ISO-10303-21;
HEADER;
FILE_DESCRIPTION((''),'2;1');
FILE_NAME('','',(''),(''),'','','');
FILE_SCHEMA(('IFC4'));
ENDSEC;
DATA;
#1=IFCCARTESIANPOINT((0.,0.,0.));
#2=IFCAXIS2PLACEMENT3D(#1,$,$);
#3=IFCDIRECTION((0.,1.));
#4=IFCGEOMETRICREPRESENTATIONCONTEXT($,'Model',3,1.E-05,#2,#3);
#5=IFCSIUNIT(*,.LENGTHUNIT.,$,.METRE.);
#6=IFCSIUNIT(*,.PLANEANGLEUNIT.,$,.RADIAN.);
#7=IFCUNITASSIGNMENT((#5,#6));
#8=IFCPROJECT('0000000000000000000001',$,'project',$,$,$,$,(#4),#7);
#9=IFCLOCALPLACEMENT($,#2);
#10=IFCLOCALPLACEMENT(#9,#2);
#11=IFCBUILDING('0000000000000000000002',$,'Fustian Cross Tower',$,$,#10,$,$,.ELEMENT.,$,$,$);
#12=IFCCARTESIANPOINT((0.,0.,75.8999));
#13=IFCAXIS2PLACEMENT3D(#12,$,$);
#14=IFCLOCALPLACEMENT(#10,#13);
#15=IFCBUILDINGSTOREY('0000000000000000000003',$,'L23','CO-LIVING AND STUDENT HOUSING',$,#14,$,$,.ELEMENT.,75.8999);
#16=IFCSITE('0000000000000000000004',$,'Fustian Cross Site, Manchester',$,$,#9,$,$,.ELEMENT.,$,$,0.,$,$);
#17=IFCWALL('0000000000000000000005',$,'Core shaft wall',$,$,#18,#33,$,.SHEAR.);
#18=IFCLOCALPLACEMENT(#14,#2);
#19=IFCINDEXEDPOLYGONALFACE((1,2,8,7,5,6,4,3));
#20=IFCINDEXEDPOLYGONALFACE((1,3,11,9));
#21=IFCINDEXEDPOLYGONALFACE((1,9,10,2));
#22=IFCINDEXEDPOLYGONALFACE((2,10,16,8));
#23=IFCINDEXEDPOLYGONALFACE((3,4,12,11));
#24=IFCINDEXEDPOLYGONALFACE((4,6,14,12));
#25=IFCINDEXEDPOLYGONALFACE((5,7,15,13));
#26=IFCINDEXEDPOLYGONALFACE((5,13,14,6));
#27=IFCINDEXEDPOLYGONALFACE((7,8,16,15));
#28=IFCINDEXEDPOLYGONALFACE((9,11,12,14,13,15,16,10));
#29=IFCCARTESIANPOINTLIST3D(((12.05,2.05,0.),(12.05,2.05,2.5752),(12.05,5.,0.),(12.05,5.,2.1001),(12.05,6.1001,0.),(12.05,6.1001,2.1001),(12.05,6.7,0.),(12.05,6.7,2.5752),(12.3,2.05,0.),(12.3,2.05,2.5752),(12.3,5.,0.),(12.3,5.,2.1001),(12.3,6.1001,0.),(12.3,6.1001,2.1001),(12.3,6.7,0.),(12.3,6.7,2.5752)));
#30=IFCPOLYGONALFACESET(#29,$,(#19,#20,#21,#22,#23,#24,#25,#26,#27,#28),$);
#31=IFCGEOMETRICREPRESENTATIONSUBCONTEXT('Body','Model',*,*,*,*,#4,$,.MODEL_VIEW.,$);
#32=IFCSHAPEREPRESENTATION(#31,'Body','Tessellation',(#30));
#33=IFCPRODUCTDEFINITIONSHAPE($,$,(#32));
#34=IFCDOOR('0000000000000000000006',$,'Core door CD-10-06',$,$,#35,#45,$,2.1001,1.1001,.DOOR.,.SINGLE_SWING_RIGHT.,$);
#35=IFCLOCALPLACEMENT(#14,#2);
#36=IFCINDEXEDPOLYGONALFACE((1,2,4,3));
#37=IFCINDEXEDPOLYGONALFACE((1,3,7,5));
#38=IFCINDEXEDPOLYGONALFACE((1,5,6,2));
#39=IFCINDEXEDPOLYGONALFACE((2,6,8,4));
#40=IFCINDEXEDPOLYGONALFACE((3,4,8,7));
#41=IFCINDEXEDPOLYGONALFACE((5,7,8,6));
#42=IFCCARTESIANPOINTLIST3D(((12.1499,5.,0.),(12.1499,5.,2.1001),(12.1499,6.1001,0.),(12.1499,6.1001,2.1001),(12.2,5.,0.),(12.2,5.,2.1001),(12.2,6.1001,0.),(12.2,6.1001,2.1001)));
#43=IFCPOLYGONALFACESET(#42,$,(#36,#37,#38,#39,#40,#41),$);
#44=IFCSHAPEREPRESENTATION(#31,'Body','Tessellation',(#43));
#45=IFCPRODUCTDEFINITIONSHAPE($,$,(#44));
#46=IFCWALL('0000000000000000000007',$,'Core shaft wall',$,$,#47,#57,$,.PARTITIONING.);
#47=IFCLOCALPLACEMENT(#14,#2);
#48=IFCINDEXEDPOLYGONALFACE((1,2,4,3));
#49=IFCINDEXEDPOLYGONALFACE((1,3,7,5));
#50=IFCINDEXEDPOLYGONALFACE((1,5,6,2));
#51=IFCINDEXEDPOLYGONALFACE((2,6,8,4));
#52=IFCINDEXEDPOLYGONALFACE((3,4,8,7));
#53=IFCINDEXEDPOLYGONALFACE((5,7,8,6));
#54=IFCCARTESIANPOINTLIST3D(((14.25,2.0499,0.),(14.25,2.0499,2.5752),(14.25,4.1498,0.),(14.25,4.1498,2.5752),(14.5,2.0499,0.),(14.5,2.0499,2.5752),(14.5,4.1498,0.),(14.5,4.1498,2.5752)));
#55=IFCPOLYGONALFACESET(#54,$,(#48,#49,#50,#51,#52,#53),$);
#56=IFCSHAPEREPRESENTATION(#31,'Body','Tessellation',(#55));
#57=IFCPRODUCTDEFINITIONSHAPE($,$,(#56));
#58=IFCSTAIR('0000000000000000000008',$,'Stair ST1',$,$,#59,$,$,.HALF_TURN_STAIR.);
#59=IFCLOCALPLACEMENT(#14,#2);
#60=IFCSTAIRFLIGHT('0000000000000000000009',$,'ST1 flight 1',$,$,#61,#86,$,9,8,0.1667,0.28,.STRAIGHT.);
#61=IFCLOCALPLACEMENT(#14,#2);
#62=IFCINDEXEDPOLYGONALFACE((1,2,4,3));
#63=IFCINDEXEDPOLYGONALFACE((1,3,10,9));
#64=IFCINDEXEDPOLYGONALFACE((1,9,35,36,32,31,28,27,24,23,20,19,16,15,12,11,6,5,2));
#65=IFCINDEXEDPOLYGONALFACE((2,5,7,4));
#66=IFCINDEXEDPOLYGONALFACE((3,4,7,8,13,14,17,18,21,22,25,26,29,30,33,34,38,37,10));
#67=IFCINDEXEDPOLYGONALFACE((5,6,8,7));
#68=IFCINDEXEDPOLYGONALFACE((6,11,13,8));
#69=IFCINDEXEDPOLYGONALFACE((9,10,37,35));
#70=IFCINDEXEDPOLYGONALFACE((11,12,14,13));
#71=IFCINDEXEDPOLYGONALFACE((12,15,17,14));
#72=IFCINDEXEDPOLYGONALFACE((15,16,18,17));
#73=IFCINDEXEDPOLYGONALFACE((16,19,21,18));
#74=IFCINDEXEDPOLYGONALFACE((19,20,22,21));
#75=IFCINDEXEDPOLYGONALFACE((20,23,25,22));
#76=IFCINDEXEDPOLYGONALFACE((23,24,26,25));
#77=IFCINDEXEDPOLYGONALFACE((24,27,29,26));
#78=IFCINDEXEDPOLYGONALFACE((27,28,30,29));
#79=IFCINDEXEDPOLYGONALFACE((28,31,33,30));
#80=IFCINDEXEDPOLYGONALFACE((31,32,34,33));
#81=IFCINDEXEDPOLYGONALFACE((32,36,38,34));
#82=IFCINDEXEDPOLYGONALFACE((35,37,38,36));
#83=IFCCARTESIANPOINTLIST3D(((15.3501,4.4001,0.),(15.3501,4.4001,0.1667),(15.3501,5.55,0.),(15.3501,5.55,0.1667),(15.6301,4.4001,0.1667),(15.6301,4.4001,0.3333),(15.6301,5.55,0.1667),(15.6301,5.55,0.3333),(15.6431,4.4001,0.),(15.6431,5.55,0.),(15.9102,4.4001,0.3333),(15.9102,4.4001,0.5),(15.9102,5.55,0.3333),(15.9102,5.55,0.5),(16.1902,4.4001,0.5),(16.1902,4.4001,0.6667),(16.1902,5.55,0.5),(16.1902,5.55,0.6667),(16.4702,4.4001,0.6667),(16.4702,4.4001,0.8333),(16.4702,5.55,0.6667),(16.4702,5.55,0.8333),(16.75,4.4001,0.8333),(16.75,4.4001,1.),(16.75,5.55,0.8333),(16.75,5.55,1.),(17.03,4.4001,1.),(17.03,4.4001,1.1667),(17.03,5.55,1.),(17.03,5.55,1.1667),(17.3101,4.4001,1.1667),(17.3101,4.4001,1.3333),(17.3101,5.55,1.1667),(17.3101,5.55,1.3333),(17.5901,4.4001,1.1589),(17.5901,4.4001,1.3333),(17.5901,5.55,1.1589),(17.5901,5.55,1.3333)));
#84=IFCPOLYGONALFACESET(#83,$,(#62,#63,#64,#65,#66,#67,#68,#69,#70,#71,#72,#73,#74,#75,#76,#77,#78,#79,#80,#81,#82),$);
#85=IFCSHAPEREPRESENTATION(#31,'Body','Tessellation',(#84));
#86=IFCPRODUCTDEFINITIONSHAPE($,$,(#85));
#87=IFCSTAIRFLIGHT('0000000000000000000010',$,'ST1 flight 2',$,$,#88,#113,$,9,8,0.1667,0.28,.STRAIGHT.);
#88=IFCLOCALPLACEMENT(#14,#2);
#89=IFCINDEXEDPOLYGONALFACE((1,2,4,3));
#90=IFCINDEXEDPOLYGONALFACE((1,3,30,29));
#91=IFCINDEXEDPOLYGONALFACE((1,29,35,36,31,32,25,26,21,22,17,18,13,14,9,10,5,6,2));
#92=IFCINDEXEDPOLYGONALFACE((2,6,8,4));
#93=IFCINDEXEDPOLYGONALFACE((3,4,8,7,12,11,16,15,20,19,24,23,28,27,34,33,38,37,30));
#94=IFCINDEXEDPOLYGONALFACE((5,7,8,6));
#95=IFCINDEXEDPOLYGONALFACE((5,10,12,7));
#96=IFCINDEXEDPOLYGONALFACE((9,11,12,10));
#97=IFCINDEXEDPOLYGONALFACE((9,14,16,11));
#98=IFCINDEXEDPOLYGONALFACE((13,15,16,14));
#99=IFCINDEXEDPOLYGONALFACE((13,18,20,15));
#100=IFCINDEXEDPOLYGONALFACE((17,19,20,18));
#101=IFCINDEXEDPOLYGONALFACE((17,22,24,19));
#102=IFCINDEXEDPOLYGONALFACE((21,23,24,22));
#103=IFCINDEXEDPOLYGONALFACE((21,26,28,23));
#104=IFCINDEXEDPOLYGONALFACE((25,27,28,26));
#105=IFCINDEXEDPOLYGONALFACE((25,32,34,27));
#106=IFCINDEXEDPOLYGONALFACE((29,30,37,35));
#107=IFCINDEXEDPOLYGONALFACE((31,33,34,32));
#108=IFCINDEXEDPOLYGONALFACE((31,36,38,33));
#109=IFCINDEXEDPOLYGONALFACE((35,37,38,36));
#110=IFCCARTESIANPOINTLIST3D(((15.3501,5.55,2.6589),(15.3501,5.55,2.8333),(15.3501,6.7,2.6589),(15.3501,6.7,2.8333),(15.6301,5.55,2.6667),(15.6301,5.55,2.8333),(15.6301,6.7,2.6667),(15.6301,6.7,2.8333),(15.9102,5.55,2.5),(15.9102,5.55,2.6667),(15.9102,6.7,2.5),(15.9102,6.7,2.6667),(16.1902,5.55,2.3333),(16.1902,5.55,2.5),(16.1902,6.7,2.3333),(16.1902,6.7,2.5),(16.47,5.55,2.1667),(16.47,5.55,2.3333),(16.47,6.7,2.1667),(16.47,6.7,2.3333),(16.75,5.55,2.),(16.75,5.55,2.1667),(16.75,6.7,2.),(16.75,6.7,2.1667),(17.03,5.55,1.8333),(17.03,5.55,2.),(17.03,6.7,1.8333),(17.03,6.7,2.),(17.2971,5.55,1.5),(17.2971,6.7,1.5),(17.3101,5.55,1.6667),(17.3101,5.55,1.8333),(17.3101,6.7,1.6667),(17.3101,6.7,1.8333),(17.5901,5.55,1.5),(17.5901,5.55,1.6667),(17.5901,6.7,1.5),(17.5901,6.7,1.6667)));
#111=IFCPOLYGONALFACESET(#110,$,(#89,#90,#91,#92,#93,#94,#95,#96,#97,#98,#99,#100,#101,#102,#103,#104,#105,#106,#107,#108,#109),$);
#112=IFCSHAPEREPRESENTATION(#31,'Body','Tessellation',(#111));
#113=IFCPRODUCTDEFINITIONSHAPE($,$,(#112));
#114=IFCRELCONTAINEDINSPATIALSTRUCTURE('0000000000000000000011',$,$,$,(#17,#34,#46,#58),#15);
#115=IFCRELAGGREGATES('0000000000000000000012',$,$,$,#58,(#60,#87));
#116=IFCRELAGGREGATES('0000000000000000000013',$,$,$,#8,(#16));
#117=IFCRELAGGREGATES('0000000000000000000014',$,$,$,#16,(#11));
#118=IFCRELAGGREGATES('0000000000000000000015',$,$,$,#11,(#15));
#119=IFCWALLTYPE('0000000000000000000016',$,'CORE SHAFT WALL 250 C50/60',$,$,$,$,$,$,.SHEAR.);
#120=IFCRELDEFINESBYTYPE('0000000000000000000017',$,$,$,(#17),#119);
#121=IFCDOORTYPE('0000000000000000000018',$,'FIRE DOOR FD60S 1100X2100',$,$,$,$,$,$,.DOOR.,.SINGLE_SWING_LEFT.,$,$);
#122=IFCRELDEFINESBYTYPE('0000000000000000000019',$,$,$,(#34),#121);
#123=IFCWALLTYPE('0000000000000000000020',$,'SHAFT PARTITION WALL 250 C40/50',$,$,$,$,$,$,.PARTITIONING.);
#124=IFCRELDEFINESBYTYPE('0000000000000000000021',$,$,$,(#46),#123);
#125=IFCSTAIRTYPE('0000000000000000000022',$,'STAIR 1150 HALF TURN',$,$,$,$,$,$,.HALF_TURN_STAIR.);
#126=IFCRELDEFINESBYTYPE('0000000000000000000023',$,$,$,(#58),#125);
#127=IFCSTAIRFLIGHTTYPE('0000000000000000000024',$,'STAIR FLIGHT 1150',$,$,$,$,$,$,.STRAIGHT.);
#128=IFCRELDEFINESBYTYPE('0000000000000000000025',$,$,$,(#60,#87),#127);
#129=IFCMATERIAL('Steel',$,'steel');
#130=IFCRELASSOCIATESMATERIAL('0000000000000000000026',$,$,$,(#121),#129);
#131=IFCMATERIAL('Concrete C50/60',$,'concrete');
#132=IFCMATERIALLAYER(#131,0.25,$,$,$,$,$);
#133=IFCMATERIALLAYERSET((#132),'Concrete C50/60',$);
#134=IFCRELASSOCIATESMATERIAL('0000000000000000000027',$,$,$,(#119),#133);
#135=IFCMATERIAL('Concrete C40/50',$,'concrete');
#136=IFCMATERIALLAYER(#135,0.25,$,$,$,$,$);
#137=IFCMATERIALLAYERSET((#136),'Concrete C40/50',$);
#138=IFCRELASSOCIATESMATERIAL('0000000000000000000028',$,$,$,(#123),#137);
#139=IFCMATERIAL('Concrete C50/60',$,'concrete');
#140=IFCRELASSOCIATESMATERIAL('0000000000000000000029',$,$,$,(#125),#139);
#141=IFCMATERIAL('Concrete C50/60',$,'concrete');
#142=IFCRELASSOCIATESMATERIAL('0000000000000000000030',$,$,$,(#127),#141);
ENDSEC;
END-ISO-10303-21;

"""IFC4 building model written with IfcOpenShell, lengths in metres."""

from ifc_helpers import new_model, si_unit, direction, frame, frame_2d, origin, place, context, subcontext, project, spatial, polyline, rectangle, outline, extrude, material, layer, layer_set, type_object, element, fill, aggregate, save


model = new_model("IFC4")

# Units and contexts
model_context = context("Model", 3, precision=1e-05, world=origin(), true_north=direction((0.0, 1.0)))
body_context = subcontext(model_context, "Body", "Model", "MODEL_VIEW")
ifc_project = project(units=[si_unit("LENGTHUNIT", "METRE"), si_unit("PLANEANGLEUNIT", "RADIAN")], contexts=[model_context])

# Site, building, storey
site_placement = place(None, origin())
site = spatial("IfcSite", under=ifc_project, at=site_placement, Name="Fustian Cross Site, Manchester", CompositionType="ELEMENT", RefElevation=0.0)
building_placement = place(site_placement, origin())
building = spatial("IfcBuilding", under=site, at=building_placement, Name="Fustian Cross Tower", CompositionType="ELEMENT")
storey_placement = place(building_placement, frame((0.0, 0.0, 75.8999)))
storey = spatial("IfcBuildingStorey", under=building, at=storey_placement, Name="L23", Description="CO-LIVING AND STUDENT HOUSING", CompositionType="ELEMENT", Elevation=75.8999)

# Shared definitions
ifc_material_1 = material(Name="Steel", Category="steel")
door_type_1 = type_object("IfcDoorType", Name="FIRE DOOR FD60S 1100X2100", OperationType="SINGLE_SWING_LEFT", PredefinedType="DOOR", material=ifc_material_1)

# Shared definitions
ifc_material_2 = material(Name="Concrete C50/60", Category="concrete")
ifc_layer_1 = layer(ifc_material_2, 0.25)
ifc_layer_set_1 = layer_set([ifc_layer_1], Name="Concrete C50/60")
wall_type_1 = type_object("IfcWallType", Name="CORE SHAFT WALL 250 C50/60", PredefinedType="SHEAR", material=ifc_layer_set_1)

# Wall, opening, door
wall_1_placement = place(storey_placement, frame((12.175, 2.05, 0.0), z_axis=(0.0, 0.0, 1.0), x_axis=(0.0, 1.0, 0.0)))
wall_1 = element("IfcWall", 1, at=wall_1_placement, inside=storey, type_object=wall_type_1, Name="Core shaft wall", PredefinedType="SHEAR", context=body_context, shape_type="SweptSolid", body=[
    extrude(rectangle(XDim=4.6499, YDim=0.25, at=frame_2d((2.325, 0.0))), origin(), (0.0, 0.0, 1.0), 2.5752),
])
opening_1_placement = place(wall_1_placement, frame((2.95, 0.0, 0.0)))
opening_1 = element("IfcOpeningElement", 2, at=opening_1_placement, cuts=wall_1, PredefinedType="OPENING", context=body_context, shape_type="SweptSolid", body=[
    extrude(rectangle(XDim=1.1001, YDim=2.1001, at=frame_2d((0.55, 1.05))), frame((0.0, 0.135, 0.0), z_axis=(0.0, -1.0, 0.0), x_axis=(1.0, 0.0, 0.0)), (0.0, 0.0, 1.0), 0.27),
])
door_1_placement = place(opening_1_placement, frame((1.1001, 0.0, 0.0), z_axis=(0.0, 0.0, 1.0), x_axis=(-1.0, 0.0, 0.0)))
door_1 = element("IfcDoor", 3, at=door_1_placement, inside=storey, type_object=door_type_1, Name="Core door CD-10-06", OperationType="SINGLE_SWING_RIGHT", OverallHeight=2.1001, OverallWidth=1.1001, PredefinedType="DOOR", context=body_context, shape_type="SweptSolid", body=[
    extrude(rectangle(XDim=1.1001, YDim=2.1001, at=frame_2d((0.55, 1.05))), frame((0.0, 0.0249, 0.0), z_axis=(0.0, -1.0, 0.0), x_axis=(1.0, 0.0, 0.0)), (0.0, 0.0, 1.0), 0.05),
])
fill(opening_1, door_1)

# Wall
ifc_material_3 = material(Name="Concrete C40/50", Category="concrete")
ifc_layer_2 = layer(ifc_material_3, 0.25)
ifc_layer_set_2 = layer_set([ifc_layer_2], Name="Concrete C40/50")
wall_type_2 = type_object("IfcWallType", Name="SHAFT PARTITION WALL 250 C40/50", PredefinedType="PARTITIONING", material=ifc_layer_set_2)
wall_2_placement = place(storey_placement, frame((14.375, 2.05, 0.0), z_axis=(0.0, 0.0, 1.0), x_axis=(0.0, 1.0, 0.0)))
element("IfcWall", 4, at=wall_2_placement, inside=storey, type_object=wall_type_2, Name="Core shaft wall", PredefinedType="PARTITIONING", context=body_context, shape_type="SweptSolid", body=[
    extrude(rectangle(XDim=2.0999, YDim=0.25, at=frame_2d((1.0498, 0.0))), origin(), (0.0, 0.0, 1.0), 2.5752),
])

# Stair, stair flights
ifc_material_4 = material(Name="Concrete C50/60", Category="concrete")
stair_type = type_object("IfcStairType", Name="STAIR 1150 HALF TURN", PredefinedType="HALF_TURN_STAIR", material=ifc_material_4)
stair_placement = place(storey_placement, origin())
stair = element("IfcStair", 5, at=stair_placement, inside=storey, type_object=stair_type, Name="Stair ST1", PredefinedType="HALF_TURN_STAIR")
ifc_material_5 = material(Name="Concrete C50/60", Category="concrete")
stair_flight_type = type_object("IfcStairFlightType", Name="STAIR FLIGHT 1150", PredefinedType="STRAIGHT", material=ifc_material_5)
stair_flight_1_placement = place(storey_placement, frame((15.3501, 4.9751, 0.0), z_axis=(0.0, 0.0, 1.0), x_axis=(1.0, 0.0, 0.0)))
stair_flight_1 = element("IfcStairFlight", 6, at=stair_flight_1_placement, type_object=stair_flight_type, Name="ST1 flight 1", NumberOfRisers=9, NumberOfTreads=8, PredefinedType="STRAIGHT", RiserHeight=0.1667, TreadLength=0.28, context=body_context, shape_type="SweptSolid", body=[
    extrude(outline(polyline([(0.0, 0.0), (0.0, 0.1667), (0.28, 0.1667), (0.28, 0.3333), (0.5601, 0.3333), (0.5601, 0.5), (0.8401, 0.5), (0.8401, 0.6667), (1.1201, 0.6667), (1.1201, 0.8333), (1.3999, 0.8333), (1.3999, 1.0), (1.6799, 1.0), (1.6799, 1.1667), (1.96, 1.1667), (1.96, 1.3333), (2.24, 1.3333), (2.24, 1.5), (2.24, 1.1589), (0.293, 0.0), (0.0, 0.0)])), frame((0.0, 0.575, 0.0), z_axis=(0.0, -1.0, 0.0), x_axis=(1.0, 0.0, 0.0)), (0.0, 0.0, 1.0), 1.1499),
])
stair_flight_2_placement = place(storey_placement, frame((17.5901, 6.125, 1.5), z_axis=(0.0, 0.0, 1.0), x_axis=(-1.0, 0.0, 0.0)))
stair_flight_2 = element("IfcStairFlight", 7, at=stair_flight_2_placement, type_object=stair_flight_type, Name="ST1 flight 2", NumberOfRisers=9, NumberOfTreads=8, PredefinedType="STRAIGHT", RiserHeight=0.1667, TreadLength=0.28, context=body_context, shape_type="SweptSolid", body=[
    extrude(outline(polyline([(0.0, 0.0), (0.0, 0.1667), (0.28, 0.1667), (0.28, 0.3333), (0.5601, 0.3333), (0.5601, 0.5), (0.8401, 0.5), (0.8401, 0.6667), (1.1201, 0.6667), (1.1201, 0.8333), (1.3999, 0.8333), (1.3999, 1.0), (1.6799, 1.0), (1.6799, 1.1667), (1.96, 1.1667), (1.96, 1.3333), (2.24, 1.3333), (2.24, 1.5), (2.24, 1.1589), (0.293, 0.0), (0.0, 0.0)])), frame((0.0, 0.575, 0.0), z_axis=(0.0, -1.0, 0.0), x_axis=(1.0, 0.0, 0.0)), (0.0, 0.0, 1.0), 1.1499),
])
aggregate(stair, [stair_flight_1, stair_flight_2])

save(model, "model.ifc")
